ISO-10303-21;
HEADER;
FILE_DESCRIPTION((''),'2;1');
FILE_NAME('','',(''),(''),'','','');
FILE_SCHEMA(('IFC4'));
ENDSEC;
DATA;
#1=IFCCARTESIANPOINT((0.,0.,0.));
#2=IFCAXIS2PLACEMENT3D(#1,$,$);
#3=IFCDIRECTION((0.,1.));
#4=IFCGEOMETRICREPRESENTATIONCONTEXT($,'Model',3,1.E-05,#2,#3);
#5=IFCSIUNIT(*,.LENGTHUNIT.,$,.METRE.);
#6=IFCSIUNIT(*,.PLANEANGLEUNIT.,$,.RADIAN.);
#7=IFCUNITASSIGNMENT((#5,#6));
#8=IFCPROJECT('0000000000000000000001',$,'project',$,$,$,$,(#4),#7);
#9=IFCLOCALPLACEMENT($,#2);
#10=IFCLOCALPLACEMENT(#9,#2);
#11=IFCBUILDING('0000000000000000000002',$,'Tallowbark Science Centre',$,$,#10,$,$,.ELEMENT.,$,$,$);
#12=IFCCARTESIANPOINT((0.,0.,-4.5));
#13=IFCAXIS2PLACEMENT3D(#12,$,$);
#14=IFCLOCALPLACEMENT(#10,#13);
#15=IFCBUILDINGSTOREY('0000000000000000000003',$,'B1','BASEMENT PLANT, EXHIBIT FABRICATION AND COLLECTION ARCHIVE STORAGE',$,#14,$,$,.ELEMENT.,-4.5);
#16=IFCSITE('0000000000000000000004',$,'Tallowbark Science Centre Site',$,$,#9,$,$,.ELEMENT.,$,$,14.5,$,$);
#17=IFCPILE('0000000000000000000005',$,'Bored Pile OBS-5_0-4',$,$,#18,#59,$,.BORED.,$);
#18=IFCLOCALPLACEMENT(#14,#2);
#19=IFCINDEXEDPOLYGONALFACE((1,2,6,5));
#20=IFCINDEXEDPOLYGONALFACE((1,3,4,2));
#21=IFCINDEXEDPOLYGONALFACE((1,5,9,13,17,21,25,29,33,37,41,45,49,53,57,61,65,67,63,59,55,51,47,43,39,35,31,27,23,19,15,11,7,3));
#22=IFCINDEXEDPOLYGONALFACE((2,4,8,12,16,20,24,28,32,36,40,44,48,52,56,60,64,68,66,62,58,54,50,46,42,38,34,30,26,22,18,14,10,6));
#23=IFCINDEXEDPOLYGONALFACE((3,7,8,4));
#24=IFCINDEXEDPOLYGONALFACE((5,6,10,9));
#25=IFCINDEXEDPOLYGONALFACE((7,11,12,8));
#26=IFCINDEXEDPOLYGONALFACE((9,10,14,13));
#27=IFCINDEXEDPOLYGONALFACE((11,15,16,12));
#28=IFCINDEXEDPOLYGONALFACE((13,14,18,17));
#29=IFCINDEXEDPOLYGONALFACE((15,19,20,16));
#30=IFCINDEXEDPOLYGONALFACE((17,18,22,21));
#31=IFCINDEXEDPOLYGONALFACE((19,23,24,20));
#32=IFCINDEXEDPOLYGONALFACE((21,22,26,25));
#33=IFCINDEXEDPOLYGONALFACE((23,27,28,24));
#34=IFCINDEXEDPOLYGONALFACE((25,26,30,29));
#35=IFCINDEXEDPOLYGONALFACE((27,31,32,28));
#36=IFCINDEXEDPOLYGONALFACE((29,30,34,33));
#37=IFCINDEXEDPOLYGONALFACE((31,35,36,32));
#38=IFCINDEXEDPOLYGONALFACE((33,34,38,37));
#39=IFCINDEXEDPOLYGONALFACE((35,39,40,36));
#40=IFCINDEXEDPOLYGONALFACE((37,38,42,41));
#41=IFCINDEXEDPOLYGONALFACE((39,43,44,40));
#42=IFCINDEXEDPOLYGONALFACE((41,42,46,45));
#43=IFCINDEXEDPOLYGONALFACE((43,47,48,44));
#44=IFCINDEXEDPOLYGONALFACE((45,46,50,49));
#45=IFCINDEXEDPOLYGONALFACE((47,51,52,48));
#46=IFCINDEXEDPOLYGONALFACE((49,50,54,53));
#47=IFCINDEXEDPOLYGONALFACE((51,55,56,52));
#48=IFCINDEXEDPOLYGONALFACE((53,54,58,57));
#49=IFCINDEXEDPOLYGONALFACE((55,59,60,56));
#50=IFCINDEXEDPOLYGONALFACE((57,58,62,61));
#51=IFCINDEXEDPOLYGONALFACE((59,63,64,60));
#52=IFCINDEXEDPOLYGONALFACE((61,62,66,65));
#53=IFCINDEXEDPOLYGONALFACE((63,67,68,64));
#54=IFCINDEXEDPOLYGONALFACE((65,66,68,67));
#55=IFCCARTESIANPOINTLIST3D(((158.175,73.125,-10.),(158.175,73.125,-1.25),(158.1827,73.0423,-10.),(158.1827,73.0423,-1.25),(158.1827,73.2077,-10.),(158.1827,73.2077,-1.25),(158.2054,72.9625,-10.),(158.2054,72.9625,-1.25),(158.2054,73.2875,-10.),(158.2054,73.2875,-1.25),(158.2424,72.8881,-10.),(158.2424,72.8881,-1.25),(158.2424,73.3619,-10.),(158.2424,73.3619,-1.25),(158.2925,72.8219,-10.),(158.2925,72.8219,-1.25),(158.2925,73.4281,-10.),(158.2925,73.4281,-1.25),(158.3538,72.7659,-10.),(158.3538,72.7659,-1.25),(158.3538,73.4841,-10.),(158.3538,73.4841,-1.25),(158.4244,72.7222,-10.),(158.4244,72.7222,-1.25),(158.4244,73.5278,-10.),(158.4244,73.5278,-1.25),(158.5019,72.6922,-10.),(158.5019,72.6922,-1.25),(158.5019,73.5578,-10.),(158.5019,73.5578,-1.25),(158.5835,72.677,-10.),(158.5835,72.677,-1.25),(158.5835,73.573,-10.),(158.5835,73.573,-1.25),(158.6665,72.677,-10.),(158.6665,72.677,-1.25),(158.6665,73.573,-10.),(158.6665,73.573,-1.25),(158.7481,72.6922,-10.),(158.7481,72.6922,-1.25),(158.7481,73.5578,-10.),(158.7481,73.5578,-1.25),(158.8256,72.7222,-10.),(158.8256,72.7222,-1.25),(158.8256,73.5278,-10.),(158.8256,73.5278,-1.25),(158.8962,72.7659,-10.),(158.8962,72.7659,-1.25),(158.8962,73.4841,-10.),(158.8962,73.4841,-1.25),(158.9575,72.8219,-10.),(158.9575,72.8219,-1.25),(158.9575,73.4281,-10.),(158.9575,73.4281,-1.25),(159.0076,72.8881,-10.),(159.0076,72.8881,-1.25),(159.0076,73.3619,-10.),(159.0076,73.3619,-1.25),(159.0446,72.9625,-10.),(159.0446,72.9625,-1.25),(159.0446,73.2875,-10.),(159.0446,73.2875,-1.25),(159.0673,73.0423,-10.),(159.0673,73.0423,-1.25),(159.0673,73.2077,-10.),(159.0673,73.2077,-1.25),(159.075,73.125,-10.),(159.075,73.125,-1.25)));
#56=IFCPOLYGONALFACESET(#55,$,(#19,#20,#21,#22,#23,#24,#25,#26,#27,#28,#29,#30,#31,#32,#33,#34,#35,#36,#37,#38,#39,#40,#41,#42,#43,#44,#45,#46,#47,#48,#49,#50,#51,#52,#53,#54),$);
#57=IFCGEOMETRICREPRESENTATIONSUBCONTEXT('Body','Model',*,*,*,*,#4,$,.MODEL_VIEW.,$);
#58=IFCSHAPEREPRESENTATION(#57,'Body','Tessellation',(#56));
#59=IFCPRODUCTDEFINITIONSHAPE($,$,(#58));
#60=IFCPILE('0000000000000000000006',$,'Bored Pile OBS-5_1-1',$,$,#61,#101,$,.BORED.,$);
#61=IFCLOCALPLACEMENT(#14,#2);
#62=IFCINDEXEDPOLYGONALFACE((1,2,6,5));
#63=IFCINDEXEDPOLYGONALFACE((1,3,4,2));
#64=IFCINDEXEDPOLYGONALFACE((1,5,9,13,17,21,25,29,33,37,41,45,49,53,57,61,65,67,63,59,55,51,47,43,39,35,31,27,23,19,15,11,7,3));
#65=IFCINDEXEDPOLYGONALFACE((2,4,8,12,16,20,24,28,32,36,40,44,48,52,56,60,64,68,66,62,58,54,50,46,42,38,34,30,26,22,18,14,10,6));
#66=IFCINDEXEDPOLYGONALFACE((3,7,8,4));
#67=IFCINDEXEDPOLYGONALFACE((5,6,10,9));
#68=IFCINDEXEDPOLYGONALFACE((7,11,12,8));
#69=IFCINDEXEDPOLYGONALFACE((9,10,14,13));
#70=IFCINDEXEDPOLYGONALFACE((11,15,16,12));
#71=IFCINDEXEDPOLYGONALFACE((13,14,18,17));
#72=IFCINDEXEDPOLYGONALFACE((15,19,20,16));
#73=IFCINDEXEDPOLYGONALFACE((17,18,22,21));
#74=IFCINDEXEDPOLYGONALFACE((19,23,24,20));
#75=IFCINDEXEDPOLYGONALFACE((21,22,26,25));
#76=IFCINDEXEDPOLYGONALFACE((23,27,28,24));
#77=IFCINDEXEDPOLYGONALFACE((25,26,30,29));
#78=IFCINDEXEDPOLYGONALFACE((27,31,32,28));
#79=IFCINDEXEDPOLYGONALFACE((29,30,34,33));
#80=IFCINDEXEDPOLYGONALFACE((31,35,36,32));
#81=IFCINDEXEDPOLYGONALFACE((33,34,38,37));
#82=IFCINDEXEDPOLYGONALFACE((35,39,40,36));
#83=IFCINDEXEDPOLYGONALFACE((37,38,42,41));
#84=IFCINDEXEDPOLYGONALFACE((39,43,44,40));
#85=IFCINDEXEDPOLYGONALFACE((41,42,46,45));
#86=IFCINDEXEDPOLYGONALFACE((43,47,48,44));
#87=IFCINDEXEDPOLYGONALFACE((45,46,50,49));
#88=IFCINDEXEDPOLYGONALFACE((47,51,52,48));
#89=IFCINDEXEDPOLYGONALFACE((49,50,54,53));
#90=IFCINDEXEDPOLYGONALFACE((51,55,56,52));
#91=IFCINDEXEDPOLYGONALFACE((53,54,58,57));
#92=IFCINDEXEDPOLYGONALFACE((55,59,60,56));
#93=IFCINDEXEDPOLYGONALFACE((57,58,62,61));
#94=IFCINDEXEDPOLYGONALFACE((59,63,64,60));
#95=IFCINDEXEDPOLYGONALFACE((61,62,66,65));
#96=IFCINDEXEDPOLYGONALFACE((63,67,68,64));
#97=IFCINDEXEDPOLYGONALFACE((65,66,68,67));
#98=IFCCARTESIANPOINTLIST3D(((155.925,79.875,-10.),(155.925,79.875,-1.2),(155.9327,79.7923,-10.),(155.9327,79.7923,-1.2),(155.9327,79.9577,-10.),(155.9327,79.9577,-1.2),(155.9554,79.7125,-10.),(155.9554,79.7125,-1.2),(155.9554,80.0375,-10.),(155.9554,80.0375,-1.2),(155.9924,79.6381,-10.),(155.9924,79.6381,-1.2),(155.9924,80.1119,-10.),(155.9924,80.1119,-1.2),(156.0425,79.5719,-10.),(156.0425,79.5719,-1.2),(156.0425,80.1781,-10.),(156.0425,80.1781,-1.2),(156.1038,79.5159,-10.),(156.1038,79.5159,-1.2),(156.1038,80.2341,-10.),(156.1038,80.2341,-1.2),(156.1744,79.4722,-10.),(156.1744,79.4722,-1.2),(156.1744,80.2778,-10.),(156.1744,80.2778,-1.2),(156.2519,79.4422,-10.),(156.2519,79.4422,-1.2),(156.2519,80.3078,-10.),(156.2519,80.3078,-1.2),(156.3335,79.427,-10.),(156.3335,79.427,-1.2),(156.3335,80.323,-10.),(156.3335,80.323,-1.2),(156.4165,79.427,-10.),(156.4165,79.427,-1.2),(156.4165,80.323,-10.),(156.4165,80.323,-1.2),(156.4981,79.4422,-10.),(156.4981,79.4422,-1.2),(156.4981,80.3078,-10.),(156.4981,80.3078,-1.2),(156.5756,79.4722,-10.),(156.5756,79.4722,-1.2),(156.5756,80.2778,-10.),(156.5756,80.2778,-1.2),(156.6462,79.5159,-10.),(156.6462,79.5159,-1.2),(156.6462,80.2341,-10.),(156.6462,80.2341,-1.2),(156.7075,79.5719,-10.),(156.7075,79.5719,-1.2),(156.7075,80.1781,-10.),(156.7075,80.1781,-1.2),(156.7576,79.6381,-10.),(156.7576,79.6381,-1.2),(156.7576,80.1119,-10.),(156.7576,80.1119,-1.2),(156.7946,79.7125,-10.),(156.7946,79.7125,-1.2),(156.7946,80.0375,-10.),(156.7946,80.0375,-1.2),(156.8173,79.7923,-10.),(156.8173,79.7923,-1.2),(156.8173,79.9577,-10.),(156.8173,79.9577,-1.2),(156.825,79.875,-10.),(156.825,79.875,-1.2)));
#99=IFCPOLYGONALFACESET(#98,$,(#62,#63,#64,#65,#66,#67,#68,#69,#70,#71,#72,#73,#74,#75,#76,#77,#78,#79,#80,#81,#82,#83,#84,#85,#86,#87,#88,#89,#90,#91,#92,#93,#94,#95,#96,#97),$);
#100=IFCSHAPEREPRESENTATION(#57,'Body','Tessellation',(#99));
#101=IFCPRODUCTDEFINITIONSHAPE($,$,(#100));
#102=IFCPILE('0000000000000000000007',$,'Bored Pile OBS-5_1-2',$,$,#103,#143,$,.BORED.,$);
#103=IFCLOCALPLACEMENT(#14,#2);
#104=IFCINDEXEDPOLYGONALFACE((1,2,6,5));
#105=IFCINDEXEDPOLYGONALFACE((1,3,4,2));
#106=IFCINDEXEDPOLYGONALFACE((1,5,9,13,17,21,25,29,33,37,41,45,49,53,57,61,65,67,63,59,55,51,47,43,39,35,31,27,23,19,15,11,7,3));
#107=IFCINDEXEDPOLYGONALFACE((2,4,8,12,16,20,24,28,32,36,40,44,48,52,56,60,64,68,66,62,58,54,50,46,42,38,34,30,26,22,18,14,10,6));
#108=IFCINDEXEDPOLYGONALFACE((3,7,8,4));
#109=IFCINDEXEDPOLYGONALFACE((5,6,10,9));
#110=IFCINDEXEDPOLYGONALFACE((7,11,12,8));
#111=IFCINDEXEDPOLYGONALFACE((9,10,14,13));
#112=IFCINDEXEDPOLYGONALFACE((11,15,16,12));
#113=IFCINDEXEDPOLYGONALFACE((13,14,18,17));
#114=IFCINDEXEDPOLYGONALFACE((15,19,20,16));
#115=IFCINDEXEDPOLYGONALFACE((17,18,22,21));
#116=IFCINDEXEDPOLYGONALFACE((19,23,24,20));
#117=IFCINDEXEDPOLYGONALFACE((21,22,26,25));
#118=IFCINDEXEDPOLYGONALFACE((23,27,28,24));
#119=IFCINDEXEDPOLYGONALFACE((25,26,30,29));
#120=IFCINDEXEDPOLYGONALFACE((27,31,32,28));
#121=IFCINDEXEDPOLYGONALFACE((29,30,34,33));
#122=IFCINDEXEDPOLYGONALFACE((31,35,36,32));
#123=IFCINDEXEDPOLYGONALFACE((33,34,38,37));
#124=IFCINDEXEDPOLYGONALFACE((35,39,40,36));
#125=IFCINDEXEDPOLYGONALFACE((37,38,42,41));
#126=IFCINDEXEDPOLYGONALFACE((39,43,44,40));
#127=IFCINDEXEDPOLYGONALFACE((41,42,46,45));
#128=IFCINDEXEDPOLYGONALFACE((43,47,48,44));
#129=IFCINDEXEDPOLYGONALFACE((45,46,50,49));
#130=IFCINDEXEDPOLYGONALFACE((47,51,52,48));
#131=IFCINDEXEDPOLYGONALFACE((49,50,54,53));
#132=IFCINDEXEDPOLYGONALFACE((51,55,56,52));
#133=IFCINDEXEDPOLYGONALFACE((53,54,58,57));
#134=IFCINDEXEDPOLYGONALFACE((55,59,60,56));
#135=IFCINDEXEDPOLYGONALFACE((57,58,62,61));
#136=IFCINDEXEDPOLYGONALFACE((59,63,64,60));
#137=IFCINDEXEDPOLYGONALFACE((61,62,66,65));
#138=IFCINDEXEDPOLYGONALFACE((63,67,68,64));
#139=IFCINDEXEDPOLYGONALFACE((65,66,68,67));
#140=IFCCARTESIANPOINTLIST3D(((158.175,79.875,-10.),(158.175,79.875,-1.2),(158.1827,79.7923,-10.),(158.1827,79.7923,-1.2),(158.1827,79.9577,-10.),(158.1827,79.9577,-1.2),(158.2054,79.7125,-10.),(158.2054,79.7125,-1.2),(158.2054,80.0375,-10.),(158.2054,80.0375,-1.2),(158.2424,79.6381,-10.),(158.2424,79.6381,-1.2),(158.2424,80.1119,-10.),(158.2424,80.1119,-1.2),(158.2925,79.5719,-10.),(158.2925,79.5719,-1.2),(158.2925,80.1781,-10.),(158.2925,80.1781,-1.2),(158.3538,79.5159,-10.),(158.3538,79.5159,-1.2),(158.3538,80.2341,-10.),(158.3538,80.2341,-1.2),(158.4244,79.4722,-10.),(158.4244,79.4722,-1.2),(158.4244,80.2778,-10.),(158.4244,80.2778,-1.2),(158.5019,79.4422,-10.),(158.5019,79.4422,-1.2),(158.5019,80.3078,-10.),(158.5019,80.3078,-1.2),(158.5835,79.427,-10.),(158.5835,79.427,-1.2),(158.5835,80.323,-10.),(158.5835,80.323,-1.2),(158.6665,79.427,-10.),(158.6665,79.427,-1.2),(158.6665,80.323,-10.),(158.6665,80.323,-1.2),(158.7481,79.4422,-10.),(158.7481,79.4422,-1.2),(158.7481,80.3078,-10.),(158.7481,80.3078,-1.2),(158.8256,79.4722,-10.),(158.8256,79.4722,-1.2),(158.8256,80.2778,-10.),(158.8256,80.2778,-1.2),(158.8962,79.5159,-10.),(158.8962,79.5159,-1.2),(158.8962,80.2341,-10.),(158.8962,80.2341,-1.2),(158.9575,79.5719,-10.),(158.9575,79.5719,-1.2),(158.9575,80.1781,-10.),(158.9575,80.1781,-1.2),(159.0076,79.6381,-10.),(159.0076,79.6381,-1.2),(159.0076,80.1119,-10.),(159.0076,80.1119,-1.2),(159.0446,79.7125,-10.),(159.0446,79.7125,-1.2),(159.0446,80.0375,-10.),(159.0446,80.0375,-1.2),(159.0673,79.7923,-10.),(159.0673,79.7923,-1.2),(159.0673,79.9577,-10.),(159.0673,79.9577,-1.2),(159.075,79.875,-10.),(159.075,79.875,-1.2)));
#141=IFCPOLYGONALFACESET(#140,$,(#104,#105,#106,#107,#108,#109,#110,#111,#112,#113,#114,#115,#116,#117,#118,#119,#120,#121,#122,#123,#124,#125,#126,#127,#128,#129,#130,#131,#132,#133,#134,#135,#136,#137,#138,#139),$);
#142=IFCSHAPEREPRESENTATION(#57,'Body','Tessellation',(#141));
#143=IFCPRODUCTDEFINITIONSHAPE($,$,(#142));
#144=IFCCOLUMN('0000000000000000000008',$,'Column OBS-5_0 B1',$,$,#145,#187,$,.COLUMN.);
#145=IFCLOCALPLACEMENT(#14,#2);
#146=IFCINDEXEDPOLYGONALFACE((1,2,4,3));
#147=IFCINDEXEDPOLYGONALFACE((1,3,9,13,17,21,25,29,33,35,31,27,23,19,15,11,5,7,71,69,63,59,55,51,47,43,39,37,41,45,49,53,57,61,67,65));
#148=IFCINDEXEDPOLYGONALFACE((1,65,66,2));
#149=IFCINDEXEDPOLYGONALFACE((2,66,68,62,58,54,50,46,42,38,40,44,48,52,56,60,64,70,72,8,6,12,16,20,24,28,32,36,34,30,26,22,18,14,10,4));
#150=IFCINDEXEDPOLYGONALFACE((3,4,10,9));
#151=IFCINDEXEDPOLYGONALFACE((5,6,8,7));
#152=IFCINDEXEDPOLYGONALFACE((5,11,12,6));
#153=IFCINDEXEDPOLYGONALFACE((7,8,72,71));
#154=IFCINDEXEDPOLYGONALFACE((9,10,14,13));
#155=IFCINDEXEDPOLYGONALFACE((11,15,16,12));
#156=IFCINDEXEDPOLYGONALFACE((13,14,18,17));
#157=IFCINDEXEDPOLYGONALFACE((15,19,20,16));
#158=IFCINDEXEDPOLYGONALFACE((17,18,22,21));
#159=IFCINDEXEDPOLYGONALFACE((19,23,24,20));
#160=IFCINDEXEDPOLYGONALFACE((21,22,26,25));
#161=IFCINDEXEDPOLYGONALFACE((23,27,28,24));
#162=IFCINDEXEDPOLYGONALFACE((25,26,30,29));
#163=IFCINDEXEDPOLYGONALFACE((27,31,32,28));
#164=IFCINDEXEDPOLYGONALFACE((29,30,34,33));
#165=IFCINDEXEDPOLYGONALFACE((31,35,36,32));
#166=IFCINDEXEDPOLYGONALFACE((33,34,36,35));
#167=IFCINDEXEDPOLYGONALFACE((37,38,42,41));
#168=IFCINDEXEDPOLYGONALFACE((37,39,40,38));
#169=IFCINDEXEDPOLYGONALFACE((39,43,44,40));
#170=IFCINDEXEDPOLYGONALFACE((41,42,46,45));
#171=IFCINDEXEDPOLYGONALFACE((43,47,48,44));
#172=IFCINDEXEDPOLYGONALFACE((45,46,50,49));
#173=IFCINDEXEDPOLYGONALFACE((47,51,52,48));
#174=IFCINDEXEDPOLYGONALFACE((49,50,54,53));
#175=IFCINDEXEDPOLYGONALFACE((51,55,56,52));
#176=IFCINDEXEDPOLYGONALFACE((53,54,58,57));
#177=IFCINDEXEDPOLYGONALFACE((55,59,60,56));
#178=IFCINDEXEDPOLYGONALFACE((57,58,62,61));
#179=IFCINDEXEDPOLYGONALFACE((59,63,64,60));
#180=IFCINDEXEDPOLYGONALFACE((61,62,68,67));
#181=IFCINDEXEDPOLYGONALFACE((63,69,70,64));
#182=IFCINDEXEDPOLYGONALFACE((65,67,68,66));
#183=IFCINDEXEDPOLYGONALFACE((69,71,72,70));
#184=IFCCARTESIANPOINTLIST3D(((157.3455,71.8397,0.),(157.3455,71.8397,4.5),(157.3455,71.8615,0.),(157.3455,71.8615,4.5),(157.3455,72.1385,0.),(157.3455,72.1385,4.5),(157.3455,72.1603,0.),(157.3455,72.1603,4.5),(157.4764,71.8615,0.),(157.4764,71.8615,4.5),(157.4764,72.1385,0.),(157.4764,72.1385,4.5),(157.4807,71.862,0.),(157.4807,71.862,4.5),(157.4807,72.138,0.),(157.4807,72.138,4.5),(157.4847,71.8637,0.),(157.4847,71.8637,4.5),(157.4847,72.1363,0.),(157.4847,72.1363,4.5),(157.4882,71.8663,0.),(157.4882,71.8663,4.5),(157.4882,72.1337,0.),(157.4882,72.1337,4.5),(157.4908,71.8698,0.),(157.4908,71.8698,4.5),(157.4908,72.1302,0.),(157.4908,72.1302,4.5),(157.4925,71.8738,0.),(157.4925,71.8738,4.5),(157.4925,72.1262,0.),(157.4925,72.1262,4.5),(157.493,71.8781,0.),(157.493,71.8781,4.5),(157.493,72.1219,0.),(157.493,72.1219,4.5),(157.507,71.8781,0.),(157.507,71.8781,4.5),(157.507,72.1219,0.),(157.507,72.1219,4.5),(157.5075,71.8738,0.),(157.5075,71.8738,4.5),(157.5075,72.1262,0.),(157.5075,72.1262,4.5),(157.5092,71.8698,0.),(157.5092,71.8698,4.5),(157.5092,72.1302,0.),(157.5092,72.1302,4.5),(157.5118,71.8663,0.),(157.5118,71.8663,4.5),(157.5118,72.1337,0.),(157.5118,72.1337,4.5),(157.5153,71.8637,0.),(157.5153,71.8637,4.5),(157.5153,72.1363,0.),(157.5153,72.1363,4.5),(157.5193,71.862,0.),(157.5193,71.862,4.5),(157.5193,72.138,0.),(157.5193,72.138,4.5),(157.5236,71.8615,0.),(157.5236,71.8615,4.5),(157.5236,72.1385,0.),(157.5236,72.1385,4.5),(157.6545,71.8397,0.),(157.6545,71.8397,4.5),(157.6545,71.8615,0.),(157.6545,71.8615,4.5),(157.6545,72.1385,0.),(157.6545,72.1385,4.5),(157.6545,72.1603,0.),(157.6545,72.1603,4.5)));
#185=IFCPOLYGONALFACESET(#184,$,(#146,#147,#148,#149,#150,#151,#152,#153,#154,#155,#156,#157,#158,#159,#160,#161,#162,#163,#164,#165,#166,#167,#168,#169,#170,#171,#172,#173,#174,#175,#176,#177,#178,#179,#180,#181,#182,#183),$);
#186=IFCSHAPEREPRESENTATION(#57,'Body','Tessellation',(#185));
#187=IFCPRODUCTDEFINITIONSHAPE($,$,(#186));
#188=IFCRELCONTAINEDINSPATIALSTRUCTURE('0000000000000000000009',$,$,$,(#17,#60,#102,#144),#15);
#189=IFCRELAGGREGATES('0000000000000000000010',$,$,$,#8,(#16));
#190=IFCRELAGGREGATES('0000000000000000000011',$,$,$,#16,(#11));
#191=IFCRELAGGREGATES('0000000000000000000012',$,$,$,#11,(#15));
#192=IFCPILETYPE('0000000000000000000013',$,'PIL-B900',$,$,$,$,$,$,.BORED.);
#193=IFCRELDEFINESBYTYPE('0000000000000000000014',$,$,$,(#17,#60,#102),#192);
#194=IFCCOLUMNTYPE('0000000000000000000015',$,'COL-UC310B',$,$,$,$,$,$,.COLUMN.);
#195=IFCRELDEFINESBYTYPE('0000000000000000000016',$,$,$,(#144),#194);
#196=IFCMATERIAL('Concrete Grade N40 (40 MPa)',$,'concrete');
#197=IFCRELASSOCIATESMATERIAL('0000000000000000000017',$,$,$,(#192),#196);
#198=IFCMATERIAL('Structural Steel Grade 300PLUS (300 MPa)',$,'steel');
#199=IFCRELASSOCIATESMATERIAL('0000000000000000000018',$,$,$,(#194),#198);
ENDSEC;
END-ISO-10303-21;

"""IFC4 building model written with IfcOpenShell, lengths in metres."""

from ifc_helpers import new_model, si_unit, direction, frame, origin, origin_2d, place, context, subcontext, project, spatial, circle, i_section, extrude, material, material_profile, profile_set, type_object, element, save


model = new_model("IFC4")

# Units and contexts
model_context = context("Model", 3, precision=1e-05, world=origin(), true_north=direction((0.0, 1.0)))
body_context = subcontext(model_context, "Body", "Model", "MODEL_VIEW")
ifc_project = project(units=[si_unit("LENGTHUNIT", "METRE"), si_unit("PLANEANGLEUNIT", "RADIAN")], contexts=[model_context])

# Site, building, storey
site_placement = place(None, origin())
site = spatial("IfcSite", under=ifc_project, at=site_placement, Name="Tallowbark Science Centre Site", CompositionType="ELEMENT", RefElevation=14.5)
building_placement = place(site_placement, origin())
building = spatial("IfcBuilding", under=site, at=building_placement, Name="Tallowbark Science Centre", CompositionType="ELEMENT")
storey_placement = place(building_placement, frame((0.0, 0.0, -4.5)))
storey = spatial("IfcBuildingStorey", under=building, at=storey_placement, Name="B1", Description="BASEMENT PLANT, EXHIBIT FABRICATION AND COLLECTION ARCHIVE STORAGE", CompositionType="ELEMENT", Elevation=-4.5)

# Shared definitions
ifc_material_1 = material(Name="Concrete Grade N40 (40 MPa)", Category="concrete")

# Piles
ifc_material_profile_1 = material_profile(ifc_material_1, circle(Radius=0.45, at=origin_2d()), Name="PILE900")
ifc_profile_set_1 = profile_set([ifc_material_profile_1], Name="Concrete Grade N40 (40 MPa)")
pile_type_1 = type_object("IfcPileType", Name="PIL-B900", PredefinedType="BORED", material=ifc_profile_set_1)
for number, where, z_axis, x_axis, name in (
    (1, (158.625, 73.125, -1.25), (0.0, 0.0, -1.0), (1.0, 0.0, 0.0), "Bored Pile OBS-5_0-4"),
):
    element("IfcPile", number, at=place(storey_placement, frame(where, z_axis=z_axis, x_axis=x_axis)), inside=storey, type_object=pile_type_1, Name=name, PredefinedType="BORED", context=body_context, shape_type="SweptSolid", body=[
        extrude(circle(Radius=0.45, at=origin_2d()), origin(), (0.0, 0.0, 1.0), 8.75),
    ])
for number, where, z_axis, x_axis, name in (
    (2, (156.375, 79.875, -1.2), (0.0, 0.0, -1.0), (1.0, 0.0, 0.0), "Bored Pile OBS-5_1-1"),
    (3, (158.625, 79.875, -1.2), (0.0, 0.0, -1.0), (1.0, 0.0, 0.0), "Bored Pile OBS-5_1-2"),
):
    element("IfcPile", number, at=place(storey_placement, frame(where, z_axis=z_axis, x_axis=x_axis)), inside=storey, type_object=pile_type_1, Name=name, PredefinedType="BORED", context=body_context, shape_type="SweptSolid", body=[
        extrude(circle(Radius=0.45, at=origin_2d()), origin(), (0.0, 0.0, 1.0), 8.8),
    ])

# Column
ifc_material_2 = material(Name="Structural Steel Grade 300PLUS (300 MPa)", Category="steel")
ifc_material_profile_2 = material_profile(ifc_material_2, i_section(OverallWidth=0.3091, OverallDepth=0.3206, WebThickness=0.0139, FlangeThickness=0.0217, FilletRadius=0.0166, at=origin_2d()), Name="310UC137")
ifc_profile_set_2 = profile_set([ifc_material_profile_2], Name="Structural Steel Grade 300PLUS (300 MPa)")
column_type_1 = type_object("IfcColumnType", Name="COL-UC310B", PredefinedType="COLUMN", material=ifc_profile_set_2)
column_1_placement = place(storey_placement, frame((157.5, 72.0, 0.0), z_axis=(0.0, 0.0, 1.0), x_axis=(1.0, 0.0, 0.0)))
element("IfcColumn", 4, at=column_1_placement, inside=storey, type_object=column_type_1, Name="Column OBS-5_0 B1", PredefinedType="COLUMN", context=body_context, shape_type="SweptSolid", body=[
    extrude(i_section(OverallWidth=0.3091, OverallDepth=0.3206, WebThickness=0.0139, FlangeThickness=0.0217, FilletRadius=0.0166, at=origin_2d()), origin(), (0.0, 0.0, 1.0), 4.5),
])

save(model, "model.ifc")
